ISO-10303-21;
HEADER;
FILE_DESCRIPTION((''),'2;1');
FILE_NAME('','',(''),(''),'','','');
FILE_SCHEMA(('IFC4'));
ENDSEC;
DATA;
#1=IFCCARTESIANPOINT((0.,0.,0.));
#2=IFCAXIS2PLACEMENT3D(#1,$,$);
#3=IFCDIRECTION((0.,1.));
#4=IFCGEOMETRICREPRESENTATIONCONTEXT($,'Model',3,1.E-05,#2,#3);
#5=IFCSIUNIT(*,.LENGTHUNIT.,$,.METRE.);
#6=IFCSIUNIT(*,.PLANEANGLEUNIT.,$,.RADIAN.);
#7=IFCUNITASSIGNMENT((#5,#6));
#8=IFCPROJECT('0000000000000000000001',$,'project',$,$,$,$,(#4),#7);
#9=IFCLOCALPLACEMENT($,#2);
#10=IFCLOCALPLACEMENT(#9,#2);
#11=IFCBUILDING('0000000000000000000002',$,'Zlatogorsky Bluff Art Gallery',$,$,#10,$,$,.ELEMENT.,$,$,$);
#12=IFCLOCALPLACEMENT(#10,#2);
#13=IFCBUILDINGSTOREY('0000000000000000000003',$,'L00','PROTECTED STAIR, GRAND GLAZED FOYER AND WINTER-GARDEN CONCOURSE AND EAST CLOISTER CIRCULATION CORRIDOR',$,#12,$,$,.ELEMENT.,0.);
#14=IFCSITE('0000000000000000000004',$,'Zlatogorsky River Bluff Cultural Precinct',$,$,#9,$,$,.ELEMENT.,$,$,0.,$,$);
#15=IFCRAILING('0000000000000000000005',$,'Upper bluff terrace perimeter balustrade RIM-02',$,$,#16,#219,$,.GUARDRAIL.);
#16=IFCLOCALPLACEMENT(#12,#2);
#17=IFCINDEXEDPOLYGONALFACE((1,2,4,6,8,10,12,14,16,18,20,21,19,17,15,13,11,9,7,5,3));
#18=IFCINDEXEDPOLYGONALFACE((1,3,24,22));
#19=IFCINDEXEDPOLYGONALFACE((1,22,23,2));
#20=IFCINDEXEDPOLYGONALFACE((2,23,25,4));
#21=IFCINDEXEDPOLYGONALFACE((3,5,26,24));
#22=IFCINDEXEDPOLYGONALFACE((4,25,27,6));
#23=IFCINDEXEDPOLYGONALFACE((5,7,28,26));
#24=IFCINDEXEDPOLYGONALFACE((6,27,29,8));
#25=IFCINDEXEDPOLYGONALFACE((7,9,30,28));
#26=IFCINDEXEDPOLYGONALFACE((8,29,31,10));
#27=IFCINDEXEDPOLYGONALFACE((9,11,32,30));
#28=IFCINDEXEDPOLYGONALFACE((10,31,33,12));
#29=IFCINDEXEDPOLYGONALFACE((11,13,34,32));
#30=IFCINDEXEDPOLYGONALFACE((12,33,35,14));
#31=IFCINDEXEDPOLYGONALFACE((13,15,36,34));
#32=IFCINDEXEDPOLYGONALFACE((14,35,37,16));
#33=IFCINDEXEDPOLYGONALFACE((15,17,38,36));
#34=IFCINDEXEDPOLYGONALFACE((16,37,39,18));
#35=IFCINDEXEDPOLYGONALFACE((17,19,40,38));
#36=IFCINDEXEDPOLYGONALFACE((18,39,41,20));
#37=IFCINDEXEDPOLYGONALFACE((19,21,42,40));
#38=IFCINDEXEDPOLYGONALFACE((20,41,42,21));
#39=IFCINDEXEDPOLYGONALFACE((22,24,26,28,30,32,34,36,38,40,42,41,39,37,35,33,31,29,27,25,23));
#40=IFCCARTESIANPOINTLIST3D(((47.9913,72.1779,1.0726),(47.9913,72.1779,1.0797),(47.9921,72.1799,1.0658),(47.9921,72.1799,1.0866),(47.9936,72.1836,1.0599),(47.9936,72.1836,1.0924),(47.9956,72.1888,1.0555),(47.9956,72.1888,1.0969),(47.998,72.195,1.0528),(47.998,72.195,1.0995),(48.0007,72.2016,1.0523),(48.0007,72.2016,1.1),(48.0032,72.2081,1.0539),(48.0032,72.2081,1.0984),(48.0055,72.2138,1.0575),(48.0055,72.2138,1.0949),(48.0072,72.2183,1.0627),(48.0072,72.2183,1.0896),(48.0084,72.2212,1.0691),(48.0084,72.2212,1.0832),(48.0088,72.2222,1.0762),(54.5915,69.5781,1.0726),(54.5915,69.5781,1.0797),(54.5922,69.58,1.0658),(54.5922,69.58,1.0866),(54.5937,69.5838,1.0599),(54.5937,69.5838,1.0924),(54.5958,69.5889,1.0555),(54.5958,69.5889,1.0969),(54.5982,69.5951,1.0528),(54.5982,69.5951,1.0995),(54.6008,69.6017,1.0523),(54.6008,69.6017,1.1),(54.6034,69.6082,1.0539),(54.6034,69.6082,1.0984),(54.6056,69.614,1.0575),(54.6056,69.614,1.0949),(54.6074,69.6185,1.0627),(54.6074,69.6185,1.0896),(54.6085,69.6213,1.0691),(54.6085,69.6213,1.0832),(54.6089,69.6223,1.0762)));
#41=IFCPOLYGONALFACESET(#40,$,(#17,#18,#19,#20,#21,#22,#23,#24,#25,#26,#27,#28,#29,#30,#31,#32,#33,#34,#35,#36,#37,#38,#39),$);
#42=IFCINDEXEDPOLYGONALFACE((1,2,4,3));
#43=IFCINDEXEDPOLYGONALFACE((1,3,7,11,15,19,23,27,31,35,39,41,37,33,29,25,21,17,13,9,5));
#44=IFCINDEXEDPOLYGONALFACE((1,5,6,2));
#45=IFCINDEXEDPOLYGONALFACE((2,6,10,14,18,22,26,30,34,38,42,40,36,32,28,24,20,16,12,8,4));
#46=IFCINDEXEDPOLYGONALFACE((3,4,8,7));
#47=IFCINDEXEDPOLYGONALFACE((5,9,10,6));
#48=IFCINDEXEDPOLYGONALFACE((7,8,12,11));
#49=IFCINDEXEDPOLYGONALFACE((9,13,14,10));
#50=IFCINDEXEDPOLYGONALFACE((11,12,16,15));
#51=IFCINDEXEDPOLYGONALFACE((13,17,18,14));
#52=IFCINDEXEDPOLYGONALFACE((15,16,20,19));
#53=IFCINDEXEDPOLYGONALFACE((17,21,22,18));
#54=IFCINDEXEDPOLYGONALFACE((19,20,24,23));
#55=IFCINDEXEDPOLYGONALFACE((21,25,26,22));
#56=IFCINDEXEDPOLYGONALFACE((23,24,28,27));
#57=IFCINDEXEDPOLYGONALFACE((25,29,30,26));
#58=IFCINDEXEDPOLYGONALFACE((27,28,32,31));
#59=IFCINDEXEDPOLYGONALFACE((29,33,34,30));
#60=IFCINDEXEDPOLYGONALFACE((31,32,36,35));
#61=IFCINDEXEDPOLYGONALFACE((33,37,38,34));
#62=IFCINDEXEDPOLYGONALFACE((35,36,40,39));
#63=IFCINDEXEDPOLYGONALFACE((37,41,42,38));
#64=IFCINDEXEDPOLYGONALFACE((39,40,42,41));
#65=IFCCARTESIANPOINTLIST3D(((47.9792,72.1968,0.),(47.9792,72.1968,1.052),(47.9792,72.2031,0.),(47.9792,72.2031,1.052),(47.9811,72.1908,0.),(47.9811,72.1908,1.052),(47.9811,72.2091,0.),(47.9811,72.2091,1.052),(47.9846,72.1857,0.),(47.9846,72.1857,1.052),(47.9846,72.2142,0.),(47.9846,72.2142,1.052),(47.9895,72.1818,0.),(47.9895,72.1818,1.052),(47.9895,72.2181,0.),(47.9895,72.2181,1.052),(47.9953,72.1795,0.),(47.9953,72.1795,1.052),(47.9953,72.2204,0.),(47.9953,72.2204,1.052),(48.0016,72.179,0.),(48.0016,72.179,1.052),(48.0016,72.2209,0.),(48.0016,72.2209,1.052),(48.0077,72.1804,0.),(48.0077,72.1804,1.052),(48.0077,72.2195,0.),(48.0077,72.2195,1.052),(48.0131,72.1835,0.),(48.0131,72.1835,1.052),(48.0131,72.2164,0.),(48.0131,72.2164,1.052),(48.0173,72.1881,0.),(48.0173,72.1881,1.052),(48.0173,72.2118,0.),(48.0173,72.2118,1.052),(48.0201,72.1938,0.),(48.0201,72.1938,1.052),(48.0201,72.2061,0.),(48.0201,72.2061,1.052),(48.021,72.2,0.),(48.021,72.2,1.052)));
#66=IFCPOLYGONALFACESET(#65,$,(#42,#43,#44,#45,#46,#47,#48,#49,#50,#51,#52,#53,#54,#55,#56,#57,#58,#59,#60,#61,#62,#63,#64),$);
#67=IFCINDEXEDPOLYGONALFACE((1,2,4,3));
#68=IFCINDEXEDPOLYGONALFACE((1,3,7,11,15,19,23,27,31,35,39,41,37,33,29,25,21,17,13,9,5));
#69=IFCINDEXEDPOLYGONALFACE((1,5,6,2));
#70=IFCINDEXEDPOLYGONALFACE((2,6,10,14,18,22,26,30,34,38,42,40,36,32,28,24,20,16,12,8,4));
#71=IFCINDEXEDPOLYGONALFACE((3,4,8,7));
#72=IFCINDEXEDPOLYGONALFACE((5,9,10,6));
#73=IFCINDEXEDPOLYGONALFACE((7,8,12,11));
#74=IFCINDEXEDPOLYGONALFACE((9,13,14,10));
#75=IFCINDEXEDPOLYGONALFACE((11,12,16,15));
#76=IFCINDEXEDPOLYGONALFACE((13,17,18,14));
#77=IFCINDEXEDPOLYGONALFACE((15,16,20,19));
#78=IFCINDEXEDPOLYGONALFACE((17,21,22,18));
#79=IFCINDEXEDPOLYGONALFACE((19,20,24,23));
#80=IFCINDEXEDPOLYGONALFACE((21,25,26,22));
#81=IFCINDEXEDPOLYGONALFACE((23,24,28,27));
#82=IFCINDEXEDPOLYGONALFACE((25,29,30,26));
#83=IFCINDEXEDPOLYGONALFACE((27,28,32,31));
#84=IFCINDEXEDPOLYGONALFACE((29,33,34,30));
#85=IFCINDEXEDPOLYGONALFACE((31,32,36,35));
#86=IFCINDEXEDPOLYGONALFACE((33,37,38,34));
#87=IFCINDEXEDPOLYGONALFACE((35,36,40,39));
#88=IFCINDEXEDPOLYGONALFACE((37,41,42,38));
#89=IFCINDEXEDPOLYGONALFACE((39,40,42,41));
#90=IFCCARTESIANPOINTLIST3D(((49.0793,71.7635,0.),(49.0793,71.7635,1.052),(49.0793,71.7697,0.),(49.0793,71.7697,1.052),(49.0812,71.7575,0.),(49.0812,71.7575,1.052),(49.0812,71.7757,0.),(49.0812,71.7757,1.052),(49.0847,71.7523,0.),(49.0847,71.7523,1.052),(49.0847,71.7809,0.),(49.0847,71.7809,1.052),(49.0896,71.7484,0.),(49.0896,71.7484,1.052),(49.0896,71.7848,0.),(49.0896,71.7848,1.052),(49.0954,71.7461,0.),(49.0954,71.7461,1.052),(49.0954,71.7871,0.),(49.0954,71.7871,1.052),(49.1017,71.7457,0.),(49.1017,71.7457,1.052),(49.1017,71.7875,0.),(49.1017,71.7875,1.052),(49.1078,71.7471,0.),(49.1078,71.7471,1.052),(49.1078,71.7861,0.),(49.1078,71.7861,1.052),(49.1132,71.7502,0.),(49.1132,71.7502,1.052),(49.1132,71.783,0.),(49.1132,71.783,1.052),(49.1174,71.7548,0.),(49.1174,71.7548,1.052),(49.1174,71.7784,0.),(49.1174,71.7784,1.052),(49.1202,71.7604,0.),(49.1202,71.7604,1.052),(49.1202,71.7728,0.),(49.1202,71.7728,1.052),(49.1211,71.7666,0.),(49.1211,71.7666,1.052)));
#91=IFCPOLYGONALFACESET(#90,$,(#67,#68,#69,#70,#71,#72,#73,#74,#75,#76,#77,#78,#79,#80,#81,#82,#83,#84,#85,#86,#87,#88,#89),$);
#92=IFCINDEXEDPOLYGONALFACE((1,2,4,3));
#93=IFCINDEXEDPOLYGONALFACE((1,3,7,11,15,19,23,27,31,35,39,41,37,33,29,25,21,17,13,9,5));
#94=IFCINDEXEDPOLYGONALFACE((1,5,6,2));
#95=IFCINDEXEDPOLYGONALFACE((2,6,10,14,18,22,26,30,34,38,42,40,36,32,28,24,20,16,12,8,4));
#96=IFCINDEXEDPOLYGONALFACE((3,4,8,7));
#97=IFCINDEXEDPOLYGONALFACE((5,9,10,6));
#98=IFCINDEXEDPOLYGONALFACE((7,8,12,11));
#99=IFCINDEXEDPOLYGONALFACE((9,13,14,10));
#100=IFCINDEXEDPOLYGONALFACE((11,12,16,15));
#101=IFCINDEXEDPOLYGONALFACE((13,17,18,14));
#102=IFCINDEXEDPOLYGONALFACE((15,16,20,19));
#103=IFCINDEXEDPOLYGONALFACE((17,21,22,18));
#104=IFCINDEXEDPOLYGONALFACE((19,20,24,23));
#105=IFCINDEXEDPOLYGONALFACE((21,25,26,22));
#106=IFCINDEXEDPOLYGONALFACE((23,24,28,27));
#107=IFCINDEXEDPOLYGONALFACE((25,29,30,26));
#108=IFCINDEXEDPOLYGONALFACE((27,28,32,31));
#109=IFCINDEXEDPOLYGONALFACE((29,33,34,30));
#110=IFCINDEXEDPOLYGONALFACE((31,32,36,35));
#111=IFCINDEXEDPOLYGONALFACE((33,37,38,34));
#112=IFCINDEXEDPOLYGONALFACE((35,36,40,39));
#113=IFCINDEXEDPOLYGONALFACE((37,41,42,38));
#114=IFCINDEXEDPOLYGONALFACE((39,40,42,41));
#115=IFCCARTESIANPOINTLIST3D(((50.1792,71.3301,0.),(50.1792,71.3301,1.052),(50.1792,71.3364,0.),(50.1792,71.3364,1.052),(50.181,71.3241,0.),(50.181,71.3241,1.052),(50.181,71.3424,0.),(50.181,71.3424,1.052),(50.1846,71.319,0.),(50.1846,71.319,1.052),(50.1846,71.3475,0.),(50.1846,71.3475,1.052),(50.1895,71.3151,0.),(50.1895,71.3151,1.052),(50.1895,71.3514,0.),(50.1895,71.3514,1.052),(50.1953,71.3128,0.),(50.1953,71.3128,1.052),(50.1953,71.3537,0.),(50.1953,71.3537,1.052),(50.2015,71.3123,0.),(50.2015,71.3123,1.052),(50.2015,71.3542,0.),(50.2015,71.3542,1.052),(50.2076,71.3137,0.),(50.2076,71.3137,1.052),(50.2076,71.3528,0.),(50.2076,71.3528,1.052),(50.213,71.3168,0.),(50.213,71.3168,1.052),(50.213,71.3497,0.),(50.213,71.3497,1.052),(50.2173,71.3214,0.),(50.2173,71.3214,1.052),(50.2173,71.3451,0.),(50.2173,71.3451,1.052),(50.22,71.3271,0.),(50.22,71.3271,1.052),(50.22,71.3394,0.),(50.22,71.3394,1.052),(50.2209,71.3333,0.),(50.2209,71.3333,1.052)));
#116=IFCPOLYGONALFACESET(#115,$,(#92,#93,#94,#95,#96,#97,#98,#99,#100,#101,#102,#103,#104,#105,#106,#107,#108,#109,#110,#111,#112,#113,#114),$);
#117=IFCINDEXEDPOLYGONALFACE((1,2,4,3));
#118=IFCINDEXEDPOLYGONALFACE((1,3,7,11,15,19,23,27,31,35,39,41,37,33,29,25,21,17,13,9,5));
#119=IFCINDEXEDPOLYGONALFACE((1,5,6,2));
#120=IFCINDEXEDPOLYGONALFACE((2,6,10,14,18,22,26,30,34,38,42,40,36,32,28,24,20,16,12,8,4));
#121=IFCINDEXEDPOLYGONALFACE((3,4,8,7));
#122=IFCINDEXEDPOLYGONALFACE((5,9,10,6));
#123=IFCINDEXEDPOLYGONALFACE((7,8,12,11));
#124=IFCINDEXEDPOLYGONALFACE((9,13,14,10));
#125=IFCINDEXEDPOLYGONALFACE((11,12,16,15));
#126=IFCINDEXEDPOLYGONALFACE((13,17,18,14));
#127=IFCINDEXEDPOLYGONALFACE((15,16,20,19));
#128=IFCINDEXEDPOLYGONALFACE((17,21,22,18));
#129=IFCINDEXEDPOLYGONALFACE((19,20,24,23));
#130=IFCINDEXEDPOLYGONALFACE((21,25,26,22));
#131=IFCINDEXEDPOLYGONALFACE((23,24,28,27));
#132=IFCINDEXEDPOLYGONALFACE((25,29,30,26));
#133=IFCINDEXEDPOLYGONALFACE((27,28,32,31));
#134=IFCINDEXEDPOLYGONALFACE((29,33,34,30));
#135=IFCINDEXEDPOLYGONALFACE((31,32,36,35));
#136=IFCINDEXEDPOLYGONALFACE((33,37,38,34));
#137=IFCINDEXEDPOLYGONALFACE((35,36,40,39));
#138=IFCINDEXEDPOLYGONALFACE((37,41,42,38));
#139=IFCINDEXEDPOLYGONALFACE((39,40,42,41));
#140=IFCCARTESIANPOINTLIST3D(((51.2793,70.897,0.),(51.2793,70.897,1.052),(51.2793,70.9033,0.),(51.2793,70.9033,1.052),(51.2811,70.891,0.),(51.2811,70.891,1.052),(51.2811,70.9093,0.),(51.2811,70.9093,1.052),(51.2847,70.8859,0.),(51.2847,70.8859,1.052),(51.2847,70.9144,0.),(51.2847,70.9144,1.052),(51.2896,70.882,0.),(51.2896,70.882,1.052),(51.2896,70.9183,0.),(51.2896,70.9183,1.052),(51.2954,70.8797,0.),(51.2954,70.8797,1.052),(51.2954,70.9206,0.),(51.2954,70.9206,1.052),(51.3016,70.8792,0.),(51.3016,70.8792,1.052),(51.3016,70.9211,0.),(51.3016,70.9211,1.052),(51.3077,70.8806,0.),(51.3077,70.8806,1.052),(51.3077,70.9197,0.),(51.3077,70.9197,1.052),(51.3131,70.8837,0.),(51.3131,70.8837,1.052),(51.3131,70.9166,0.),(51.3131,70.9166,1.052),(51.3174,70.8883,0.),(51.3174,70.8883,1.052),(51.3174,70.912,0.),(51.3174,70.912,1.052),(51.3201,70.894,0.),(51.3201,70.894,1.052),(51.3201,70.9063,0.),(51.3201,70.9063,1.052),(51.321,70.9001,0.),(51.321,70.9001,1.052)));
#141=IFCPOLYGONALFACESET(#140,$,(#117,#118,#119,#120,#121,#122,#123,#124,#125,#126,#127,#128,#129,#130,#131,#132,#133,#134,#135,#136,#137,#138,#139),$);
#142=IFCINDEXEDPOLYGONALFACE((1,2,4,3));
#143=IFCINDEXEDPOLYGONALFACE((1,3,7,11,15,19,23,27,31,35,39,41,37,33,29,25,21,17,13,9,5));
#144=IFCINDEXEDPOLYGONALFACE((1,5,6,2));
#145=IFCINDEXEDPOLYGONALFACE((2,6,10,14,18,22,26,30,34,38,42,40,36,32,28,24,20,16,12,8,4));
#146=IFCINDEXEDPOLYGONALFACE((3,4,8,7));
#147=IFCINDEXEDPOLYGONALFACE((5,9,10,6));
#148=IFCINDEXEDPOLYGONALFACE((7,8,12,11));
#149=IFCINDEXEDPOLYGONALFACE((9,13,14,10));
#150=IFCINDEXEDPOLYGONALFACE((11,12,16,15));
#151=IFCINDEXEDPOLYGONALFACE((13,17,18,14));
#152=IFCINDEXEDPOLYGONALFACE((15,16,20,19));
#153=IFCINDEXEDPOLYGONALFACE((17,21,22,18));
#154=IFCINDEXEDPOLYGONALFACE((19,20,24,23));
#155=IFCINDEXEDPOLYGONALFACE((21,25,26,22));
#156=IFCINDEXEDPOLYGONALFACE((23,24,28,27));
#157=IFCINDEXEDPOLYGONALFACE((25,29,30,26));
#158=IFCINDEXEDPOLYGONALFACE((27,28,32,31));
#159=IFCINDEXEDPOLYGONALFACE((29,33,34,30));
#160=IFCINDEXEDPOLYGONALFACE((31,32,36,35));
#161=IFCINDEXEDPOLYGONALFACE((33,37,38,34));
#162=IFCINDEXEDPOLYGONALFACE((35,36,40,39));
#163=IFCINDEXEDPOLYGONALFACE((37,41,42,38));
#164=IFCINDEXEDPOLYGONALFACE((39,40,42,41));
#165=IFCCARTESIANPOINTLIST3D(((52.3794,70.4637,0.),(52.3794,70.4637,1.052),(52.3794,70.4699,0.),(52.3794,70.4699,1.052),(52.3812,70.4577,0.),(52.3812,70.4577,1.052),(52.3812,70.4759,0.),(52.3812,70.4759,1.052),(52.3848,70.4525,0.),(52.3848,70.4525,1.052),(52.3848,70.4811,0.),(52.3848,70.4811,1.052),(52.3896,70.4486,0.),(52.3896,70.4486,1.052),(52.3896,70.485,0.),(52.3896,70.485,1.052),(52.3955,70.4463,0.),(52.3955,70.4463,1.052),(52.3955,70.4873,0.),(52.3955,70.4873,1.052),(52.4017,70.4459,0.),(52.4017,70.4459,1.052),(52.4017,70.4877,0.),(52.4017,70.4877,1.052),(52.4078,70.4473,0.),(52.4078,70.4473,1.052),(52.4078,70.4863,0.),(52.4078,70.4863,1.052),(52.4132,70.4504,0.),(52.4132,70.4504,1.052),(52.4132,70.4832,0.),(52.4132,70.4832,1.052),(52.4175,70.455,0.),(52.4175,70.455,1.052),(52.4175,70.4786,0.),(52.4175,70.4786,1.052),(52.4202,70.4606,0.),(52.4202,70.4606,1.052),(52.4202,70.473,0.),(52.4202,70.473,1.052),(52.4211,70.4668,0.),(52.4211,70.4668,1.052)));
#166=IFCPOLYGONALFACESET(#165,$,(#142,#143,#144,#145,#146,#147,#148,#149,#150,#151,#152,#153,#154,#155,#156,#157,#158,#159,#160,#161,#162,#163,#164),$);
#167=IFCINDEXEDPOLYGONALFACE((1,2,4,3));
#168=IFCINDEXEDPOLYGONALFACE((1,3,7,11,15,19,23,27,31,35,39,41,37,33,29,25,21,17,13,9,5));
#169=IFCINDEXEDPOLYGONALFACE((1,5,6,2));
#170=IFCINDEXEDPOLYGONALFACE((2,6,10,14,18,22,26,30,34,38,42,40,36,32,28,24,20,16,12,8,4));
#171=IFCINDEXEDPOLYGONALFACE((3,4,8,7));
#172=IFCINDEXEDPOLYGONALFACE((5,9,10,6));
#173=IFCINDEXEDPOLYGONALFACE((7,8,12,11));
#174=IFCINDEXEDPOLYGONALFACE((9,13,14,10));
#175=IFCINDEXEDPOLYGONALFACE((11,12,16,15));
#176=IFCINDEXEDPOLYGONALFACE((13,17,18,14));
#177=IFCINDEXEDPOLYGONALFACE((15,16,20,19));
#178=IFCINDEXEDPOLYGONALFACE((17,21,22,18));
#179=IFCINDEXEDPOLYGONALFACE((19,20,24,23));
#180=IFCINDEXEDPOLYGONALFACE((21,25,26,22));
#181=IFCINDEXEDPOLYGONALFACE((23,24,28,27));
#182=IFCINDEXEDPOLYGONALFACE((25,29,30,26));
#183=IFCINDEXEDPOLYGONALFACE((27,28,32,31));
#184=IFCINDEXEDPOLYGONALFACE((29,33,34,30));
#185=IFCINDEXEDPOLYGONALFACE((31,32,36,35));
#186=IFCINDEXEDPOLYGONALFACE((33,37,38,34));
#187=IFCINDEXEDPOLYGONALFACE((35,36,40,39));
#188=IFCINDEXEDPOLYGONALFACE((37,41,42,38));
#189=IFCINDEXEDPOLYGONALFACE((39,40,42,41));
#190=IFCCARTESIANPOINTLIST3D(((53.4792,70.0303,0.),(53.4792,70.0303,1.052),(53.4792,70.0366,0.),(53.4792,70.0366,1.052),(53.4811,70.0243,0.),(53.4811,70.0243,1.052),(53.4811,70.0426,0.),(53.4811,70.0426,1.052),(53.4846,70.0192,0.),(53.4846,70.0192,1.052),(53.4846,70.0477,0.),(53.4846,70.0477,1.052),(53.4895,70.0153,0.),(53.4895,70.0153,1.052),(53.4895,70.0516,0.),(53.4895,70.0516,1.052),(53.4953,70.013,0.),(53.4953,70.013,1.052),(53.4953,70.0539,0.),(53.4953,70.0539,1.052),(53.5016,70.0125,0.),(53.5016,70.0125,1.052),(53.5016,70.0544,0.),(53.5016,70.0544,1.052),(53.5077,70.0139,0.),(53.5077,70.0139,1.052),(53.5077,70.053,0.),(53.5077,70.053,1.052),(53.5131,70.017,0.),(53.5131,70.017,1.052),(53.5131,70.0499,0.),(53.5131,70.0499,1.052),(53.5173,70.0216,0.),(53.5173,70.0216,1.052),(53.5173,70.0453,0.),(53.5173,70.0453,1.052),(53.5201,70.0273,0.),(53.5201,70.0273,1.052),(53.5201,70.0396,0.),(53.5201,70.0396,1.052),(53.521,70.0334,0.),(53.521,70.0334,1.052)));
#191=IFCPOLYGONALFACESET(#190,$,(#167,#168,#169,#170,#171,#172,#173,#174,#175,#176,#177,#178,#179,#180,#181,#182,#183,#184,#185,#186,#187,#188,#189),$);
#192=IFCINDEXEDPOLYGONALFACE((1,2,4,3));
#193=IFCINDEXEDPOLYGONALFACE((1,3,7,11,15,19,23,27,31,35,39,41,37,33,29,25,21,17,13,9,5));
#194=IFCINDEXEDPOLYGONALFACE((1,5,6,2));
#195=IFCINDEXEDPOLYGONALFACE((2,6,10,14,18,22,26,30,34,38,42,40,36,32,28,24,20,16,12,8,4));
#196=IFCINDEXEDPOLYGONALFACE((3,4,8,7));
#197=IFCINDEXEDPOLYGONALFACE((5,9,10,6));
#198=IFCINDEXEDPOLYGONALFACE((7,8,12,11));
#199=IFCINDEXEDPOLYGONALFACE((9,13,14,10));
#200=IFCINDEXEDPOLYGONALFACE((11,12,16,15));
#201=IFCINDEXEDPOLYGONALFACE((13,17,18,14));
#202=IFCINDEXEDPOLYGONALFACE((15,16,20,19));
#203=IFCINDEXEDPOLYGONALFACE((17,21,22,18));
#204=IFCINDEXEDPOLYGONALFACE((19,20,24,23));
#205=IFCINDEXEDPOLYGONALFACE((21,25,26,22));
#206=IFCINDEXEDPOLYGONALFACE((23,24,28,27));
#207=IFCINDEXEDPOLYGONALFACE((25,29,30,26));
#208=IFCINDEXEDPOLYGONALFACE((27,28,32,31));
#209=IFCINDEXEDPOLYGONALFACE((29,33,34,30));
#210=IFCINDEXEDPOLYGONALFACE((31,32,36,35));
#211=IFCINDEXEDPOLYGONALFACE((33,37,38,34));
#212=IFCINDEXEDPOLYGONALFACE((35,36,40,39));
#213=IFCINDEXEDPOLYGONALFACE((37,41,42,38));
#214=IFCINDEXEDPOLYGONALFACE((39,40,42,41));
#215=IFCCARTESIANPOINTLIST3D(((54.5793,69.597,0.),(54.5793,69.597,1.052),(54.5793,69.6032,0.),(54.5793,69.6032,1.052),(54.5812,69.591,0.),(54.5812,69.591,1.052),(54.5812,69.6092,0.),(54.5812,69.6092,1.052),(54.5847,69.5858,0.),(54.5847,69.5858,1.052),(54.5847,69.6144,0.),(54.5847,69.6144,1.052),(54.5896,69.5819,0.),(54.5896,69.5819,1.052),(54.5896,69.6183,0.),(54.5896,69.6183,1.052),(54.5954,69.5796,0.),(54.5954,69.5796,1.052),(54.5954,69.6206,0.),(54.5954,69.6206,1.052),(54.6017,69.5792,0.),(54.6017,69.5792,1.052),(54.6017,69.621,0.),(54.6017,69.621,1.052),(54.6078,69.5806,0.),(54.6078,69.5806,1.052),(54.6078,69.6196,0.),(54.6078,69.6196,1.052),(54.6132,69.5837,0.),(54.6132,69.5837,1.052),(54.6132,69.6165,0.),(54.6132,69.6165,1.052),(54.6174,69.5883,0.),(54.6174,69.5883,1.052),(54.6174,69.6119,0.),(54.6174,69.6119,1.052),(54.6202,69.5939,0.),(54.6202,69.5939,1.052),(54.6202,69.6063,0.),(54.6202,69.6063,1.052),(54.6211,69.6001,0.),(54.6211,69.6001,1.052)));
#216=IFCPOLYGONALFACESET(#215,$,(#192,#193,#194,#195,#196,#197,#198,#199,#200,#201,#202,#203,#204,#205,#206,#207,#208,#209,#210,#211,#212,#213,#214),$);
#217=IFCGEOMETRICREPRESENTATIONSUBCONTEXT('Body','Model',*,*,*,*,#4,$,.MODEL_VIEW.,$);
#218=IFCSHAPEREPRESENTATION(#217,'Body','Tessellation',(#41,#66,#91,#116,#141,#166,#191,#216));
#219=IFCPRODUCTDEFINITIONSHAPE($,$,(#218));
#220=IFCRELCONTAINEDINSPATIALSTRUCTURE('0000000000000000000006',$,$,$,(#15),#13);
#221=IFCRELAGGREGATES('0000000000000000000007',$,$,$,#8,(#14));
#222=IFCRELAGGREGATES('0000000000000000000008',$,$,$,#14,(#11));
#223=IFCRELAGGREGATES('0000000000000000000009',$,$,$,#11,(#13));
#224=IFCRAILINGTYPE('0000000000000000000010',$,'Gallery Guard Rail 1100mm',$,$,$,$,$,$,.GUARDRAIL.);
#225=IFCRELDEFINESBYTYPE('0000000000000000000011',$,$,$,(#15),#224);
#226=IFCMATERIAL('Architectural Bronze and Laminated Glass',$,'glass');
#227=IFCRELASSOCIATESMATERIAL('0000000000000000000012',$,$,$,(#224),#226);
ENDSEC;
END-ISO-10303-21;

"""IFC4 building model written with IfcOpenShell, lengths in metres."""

from ifc_helpers import new_model, si_unit, direction, frame, origin, origin_2d, place, context, subcontext, project, spatial, circle, extrude, material, type_object, element, save


model = new_model("IFC4")

# Units and contexts
model_context = context("Model", 3, precision=1e-05, world=origin(), true_north=direction((0.0, 1.0)))
body_context = subcontext(model_context, "Body", "Model", "MODEL_VIEW")
ifc_project = project(units=[si_unit("LENGTHUNIT", "METRE"), si_unit("PLANEANGLEUNIT", "RADIAN")], contexts=[model_context])

# Site, building, storey
site_placement = place(None, origin())
site = spatial("IfcSite", under=ifc_project, at=site_placement, Name="Zlatogorsky River Bluff Cultural Precinct", CompositionType="ELEMENT", RefElevation=0.0)
building_placement = place(site_placement, origin())
building = spatial("IfcBuilding", under=site, at=building_placement, Name="Zlatogorsky Bluff Art Gallery", CompositionType="ELEMENT")
storey_placement = place(building_placement, origin())
storey = spatial("IfcBuildingStorey", under=building, at=storey_placement, Name="L00", Description="PROTECTED STAIR, GRAND GLAZED FOYER AND WINTER-GARDEN CONCOURSE AND EAST CLOISTER CIRCULATION CORRIDOR", CompositionType="ELEMENT", Elevation=0.0)

# Railing
ifc_material_1 = material(Name="Architectural Bronze and Laminated Glass", Category="glass")
railing_type = type_object("IfcRailingType", Name="Gallery Guard Rail 1100mm", PredefinedType="GUARDRAIL", material=ifc_material_1)
railing_1_placement = place(storey_placement, frame((48.0, 72.2, 0.0)))
element("IfcRailing", 1, at=railing_1_placement, inside=storey, type_object=railing_type, Name="Upper bluff terrace perimeter balustrade RIM-02", PredefinedType="GUARDRAIL", context=body_context, shape_type="SweptSolid", body=[
    extrude(circle(Radius=0.0239, at=origin_2d()), frame((0.0, 0.0, 1.0762), z_axis=(0.930417, -0.366502, 0.0), x_axis=(0.366502, 0.930417, 0.0)), (0.0, 0.0, 1.0), 7.0938),
    extrude(circle(Radius=0.021, at=origin_2d()), origin(), (0.0, 0.0, 1.0), 1.052),
    extrude(circle(Radius=0.021, at=origin_2d()), frame((1.1001, -0.4333, 0.0)), (0.0, 0.0, 1.0), 1.052),
    extrude(circle(Radius=0.021, at=origin_2d()), frame((2.2, -0.8667, 0.0)), (0.0, 0.0, 1.0), 1.052),
    extrude(circle(Radius=0.021, at=origin_2d()), frame((3.3, -1.2998, 0.0)), (0.0, 0.0, 1.0), 1.052),
    extrude(circle(Radius=0.021, at=origin_2d()), frame((4.4001, -1.7332, 0.0)), (0.0, 0.0, 1.0), 1.052),
    extrude(circle(Radius=0.021, at=origin_2d()), frame((5.5, -2.1665, 0.0)), (0.0, 0.0, 1.0), 1.052),
    extrude(circle(Radius=0.021, at=origin_2d()), frame((6.6001, -2.5999, 0.0)), (0.0, 0.0, 1.0), 1.052),
])

save(model, "model.ifc")
